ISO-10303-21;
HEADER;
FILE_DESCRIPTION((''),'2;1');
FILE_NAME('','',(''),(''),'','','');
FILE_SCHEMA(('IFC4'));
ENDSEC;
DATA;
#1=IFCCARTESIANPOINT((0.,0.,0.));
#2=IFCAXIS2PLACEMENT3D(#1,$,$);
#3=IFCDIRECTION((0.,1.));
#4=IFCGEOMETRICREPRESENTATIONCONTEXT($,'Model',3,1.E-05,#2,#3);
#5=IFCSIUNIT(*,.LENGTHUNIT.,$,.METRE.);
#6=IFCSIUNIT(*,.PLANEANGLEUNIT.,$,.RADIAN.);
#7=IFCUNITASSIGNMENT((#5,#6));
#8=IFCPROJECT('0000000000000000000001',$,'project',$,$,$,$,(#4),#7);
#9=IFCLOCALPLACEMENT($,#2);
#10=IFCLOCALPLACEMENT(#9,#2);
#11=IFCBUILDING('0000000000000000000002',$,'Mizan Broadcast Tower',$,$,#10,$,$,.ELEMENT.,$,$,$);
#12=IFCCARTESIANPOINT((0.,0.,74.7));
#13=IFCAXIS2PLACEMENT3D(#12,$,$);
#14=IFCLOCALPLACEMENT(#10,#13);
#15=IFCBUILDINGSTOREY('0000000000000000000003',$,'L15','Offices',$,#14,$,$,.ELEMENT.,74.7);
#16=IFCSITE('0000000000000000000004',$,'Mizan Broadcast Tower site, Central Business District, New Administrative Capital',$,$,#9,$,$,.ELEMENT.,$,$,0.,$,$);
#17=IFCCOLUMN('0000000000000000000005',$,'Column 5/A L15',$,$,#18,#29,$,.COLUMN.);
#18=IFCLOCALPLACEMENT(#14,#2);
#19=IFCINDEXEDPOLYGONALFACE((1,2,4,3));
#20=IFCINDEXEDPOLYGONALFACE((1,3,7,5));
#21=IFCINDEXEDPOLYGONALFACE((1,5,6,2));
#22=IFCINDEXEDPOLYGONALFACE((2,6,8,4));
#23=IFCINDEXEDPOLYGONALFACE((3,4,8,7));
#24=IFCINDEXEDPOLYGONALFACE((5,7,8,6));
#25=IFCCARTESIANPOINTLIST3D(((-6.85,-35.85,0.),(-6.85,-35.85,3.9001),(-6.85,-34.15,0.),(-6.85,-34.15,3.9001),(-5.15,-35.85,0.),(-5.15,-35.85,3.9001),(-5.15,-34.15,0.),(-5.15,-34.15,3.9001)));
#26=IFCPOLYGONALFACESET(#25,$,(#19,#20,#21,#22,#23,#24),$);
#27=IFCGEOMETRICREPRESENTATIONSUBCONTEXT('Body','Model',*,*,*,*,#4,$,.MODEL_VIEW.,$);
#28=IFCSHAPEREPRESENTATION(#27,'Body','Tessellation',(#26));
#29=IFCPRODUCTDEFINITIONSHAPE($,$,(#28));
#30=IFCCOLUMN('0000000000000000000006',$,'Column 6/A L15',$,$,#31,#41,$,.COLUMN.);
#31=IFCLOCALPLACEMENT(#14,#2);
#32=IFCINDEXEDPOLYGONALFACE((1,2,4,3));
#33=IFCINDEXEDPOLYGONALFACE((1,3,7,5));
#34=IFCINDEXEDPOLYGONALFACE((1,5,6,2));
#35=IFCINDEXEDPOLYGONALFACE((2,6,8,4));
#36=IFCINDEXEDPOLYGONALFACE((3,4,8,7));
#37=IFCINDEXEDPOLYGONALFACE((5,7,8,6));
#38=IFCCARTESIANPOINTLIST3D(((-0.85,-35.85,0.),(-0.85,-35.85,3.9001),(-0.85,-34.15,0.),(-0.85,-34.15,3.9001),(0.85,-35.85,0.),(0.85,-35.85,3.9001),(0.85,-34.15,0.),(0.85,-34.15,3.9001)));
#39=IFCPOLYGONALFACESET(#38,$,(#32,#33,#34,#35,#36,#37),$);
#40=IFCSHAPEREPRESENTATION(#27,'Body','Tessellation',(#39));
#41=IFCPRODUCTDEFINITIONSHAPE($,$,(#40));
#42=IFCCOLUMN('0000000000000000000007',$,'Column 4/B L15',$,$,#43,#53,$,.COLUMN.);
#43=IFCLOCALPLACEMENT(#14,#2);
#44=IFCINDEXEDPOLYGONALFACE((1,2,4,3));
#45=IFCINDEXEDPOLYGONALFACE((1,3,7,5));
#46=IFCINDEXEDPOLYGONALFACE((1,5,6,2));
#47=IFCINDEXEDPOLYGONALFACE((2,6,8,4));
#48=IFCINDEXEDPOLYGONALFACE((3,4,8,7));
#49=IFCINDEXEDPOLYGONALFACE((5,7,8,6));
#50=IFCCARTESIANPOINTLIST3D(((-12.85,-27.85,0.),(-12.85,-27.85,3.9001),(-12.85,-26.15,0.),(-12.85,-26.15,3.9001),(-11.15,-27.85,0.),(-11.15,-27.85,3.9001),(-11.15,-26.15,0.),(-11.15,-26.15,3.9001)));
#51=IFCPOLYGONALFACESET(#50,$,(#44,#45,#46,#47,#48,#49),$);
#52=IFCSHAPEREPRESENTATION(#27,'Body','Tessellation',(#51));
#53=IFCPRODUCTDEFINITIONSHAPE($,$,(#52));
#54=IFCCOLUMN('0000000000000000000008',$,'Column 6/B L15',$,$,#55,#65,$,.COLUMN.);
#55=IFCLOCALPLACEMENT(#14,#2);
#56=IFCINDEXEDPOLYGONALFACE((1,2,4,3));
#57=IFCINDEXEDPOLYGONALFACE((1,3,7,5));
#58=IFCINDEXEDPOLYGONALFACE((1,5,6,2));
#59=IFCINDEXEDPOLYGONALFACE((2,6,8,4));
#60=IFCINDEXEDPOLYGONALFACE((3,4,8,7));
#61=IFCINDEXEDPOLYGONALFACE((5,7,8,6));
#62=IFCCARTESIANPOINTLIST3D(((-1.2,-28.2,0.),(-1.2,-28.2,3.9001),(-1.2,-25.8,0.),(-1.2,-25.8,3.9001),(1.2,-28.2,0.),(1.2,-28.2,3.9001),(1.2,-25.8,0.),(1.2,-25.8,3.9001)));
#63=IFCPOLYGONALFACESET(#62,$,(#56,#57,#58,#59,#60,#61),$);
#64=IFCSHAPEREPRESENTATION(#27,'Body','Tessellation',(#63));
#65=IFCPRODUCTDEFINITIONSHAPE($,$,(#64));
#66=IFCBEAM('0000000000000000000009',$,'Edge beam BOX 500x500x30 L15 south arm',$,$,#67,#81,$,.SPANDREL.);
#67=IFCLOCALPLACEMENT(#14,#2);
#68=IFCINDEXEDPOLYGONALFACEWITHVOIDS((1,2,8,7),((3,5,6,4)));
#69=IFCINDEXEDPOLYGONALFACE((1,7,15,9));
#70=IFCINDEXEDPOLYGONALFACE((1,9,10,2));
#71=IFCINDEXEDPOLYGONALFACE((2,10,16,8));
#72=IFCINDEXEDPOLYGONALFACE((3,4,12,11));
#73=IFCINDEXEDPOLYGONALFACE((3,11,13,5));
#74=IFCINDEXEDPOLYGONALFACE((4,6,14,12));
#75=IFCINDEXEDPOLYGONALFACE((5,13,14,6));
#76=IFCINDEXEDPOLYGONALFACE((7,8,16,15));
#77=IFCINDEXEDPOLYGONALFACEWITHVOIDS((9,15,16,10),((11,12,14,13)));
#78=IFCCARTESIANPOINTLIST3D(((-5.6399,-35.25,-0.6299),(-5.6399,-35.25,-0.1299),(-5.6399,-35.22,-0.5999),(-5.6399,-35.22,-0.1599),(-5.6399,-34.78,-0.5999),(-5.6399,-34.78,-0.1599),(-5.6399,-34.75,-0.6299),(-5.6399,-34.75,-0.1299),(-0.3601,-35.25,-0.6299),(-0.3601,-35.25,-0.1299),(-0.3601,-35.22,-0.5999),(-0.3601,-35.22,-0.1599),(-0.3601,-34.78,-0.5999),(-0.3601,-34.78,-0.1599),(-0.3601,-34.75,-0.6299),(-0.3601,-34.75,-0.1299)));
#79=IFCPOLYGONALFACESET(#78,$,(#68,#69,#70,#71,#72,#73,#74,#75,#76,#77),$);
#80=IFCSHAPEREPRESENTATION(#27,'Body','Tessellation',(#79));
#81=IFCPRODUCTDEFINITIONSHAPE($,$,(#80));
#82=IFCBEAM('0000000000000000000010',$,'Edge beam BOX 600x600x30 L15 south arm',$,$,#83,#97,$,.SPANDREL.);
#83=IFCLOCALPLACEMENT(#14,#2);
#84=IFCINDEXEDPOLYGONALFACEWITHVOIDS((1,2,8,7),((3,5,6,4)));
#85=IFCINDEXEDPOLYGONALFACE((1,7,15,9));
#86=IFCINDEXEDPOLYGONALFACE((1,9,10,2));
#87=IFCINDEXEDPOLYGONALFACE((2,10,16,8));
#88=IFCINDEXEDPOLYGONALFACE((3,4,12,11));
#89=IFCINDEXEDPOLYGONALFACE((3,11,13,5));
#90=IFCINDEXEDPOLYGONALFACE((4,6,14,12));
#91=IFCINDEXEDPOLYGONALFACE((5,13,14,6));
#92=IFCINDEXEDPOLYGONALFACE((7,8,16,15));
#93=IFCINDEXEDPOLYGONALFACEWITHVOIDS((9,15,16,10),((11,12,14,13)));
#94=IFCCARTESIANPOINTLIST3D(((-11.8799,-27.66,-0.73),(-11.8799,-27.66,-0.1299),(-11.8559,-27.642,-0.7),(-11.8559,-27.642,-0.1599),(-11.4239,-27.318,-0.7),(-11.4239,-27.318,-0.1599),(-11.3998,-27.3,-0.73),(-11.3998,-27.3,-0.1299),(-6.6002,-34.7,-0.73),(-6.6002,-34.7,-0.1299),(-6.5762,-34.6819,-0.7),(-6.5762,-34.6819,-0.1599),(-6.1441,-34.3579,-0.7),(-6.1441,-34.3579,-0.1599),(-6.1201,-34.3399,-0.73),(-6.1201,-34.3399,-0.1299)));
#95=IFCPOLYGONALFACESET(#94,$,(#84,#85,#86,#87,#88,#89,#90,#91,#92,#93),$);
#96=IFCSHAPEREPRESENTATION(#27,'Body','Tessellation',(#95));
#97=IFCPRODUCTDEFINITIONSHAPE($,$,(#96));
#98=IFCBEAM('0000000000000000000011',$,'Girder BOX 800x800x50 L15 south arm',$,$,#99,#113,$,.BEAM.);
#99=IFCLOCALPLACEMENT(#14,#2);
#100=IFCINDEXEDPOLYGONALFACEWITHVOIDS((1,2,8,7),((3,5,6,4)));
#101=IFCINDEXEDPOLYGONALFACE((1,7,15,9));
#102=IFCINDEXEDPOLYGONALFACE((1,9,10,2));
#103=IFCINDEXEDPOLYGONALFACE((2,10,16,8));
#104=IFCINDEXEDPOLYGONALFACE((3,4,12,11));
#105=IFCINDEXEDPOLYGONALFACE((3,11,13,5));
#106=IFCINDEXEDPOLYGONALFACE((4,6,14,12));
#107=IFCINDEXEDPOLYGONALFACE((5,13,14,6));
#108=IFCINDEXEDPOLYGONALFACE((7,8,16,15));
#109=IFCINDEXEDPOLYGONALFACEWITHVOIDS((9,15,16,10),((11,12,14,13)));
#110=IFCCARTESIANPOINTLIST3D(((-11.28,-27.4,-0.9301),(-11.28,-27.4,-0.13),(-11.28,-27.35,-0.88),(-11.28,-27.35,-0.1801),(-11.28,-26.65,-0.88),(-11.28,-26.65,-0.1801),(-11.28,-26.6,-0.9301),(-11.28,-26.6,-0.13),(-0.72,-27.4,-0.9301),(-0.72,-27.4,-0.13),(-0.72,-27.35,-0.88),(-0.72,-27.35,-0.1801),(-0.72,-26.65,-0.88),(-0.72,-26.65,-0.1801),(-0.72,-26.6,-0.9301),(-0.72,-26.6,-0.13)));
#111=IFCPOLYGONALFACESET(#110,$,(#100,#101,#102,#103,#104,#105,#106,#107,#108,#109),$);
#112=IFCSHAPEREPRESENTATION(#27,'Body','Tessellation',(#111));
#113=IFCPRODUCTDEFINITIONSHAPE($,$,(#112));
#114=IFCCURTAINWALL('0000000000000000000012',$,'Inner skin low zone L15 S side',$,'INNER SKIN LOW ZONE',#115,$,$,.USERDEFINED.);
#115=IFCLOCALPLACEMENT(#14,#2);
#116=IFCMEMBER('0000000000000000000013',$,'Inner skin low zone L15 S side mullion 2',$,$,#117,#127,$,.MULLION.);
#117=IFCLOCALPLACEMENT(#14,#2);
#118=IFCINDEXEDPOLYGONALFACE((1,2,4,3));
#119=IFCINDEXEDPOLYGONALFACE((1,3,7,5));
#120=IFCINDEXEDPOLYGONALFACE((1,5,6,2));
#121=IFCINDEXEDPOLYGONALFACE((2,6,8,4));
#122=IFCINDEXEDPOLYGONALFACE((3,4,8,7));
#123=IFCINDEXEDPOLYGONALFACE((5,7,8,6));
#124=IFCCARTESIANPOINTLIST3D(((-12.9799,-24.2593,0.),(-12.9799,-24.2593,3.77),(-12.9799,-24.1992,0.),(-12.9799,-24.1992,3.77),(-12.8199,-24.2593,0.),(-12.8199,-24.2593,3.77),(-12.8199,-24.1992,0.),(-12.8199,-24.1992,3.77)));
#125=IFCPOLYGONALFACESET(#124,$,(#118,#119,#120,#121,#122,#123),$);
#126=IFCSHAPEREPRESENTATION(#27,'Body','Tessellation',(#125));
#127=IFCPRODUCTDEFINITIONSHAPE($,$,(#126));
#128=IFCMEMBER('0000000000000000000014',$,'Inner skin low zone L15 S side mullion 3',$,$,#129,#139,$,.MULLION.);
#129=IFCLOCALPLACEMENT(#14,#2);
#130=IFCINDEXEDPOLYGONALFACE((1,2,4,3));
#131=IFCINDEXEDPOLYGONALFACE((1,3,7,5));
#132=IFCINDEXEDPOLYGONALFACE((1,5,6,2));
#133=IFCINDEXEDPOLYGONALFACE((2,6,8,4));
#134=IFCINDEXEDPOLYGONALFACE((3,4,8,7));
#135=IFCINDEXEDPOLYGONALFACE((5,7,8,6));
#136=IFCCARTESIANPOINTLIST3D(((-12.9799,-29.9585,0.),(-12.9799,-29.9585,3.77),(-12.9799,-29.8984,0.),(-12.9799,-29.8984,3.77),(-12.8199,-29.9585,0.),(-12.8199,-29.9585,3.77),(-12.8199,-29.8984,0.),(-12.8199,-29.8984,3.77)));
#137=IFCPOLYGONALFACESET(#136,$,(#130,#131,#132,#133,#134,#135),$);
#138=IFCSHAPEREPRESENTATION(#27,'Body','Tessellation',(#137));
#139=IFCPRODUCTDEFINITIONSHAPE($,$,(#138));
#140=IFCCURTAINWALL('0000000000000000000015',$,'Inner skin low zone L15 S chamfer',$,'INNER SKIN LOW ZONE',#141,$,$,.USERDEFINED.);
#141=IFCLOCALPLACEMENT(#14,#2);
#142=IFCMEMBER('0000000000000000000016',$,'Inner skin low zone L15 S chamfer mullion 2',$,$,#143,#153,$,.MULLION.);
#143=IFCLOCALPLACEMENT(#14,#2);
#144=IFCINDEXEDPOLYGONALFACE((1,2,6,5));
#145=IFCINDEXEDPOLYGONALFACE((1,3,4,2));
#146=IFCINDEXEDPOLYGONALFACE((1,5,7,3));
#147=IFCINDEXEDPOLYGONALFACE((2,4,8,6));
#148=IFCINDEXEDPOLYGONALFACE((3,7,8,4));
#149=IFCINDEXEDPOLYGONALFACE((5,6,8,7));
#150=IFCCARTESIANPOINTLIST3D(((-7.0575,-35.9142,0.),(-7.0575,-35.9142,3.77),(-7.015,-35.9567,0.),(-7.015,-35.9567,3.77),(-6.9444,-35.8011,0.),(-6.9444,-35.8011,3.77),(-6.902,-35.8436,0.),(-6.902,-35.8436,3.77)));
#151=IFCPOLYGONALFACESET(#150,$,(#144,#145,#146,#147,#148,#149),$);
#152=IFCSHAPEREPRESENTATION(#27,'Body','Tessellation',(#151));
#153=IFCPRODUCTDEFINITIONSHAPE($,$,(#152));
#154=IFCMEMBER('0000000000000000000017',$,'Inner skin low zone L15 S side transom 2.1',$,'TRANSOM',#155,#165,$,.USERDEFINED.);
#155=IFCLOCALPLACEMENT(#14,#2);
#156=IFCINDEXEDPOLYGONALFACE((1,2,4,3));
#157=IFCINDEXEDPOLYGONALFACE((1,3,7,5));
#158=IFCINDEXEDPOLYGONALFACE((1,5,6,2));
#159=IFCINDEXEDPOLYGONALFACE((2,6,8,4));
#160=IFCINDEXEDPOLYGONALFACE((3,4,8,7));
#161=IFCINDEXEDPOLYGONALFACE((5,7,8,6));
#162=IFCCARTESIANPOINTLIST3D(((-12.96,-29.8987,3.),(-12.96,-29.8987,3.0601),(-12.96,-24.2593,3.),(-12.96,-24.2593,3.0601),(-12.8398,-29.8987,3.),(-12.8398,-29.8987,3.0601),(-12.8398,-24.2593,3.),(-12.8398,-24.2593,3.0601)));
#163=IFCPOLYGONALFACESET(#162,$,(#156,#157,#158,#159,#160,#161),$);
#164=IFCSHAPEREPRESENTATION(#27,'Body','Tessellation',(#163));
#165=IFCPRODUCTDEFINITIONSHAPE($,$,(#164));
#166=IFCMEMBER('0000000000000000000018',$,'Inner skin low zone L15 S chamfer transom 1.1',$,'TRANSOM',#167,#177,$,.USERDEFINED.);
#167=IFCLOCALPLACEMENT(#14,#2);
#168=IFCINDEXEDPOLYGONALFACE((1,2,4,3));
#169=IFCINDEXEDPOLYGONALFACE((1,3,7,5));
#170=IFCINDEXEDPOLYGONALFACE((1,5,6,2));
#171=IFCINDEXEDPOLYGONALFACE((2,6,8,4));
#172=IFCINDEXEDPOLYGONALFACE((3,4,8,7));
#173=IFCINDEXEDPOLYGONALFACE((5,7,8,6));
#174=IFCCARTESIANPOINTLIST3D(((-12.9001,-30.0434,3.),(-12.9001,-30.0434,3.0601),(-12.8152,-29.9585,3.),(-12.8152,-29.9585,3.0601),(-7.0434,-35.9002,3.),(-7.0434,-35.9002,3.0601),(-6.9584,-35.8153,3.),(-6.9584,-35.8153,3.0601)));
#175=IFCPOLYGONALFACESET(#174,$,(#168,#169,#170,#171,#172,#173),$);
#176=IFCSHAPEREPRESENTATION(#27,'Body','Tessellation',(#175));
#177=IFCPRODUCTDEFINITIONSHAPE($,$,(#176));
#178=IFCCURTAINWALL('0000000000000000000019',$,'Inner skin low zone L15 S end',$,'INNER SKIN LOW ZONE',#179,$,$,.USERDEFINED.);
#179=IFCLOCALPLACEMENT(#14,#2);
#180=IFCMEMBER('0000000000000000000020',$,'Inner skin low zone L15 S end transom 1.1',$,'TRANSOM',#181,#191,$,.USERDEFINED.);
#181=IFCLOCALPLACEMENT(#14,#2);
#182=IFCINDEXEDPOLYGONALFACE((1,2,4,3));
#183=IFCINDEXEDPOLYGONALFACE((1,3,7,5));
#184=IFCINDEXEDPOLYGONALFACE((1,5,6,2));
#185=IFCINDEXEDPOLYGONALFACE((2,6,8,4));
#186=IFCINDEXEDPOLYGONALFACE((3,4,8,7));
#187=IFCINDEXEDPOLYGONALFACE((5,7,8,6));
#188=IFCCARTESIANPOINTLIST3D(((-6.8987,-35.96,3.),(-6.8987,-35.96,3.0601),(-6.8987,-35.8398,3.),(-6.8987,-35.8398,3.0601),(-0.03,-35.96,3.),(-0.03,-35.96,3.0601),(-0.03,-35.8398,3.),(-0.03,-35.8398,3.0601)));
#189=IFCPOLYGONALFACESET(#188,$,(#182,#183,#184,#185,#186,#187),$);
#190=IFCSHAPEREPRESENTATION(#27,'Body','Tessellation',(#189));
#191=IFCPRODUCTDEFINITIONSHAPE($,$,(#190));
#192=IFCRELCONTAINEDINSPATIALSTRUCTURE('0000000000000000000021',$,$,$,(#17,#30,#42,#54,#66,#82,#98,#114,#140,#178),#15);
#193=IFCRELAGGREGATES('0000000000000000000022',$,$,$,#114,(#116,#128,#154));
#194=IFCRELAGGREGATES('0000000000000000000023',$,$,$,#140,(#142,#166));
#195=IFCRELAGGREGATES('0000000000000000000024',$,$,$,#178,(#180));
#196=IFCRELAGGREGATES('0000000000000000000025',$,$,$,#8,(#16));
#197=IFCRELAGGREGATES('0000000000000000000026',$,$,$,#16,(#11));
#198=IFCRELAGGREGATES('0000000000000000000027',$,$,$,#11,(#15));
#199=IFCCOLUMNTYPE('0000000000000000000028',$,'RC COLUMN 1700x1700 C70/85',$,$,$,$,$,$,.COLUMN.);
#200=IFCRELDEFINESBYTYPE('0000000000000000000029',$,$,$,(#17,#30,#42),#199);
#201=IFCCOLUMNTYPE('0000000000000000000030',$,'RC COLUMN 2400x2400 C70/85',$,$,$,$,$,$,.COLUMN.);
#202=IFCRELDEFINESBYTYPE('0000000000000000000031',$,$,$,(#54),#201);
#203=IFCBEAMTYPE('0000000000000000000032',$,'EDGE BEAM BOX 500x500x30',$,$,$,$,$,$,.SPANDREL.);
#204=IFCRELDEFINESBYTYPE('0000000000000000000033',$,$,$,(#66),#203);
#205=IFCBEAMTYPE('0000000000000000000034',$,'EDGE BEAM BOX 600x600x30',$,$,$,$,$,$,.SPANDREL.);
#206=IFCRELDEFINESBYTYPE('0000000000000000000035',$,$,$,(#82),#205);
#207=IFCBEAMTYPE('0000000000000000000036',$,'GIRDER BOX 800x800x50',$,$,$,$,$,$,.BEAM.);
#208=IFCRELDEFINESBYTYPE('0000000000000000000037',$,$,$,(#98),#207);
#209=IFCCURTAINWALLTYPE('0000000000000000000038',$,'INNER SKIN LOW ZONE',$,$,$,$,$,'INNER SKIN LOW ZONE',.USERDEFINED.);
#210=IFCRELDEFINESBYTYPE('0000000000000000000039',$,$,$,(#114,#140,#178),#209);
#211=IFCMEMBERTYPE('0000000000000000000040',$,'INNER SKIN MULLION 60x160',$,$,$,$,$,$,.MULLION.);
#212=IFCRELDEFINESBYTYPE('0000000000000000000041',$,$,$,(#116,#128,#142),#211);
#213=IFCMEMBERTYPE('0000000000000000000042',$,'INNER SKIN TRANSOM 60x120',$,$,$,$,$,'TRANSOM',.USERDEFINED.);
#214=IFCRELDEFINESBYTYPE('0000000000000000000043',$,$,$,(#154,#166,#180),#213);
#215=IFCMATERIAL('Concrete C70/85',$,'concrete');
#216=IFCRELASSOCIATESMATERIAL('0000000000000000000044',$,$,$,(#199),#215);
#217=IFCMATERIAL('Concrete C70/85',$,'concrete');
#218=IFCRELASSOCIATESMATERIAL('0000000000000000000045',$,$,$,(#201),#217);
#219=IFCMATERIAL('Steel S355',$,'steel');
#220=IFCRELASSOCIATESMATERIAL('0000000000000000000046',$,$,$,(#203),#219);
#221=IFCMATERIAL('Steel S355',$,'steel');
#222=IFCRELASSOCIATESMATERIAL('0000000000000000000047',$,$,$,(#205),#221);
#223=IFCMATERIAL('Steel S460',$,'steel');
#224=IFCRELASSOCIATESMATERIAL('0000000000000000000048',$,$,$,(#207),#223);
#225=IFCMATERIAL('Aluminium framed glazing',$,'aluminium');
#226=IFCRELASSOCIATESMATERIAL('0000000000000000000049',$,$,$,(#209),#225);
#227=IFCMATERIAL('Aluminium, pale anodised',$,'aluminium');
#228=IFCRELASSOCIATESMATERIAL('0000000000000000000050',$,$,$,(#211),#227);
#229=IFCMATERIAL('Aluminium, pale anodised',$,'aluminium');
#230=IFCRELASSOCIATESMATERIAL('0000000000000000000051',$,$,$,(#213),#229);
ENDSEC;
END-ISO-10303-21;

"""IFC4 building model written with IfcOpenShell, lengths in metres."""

from ifc_helpers import new_model, si_unit, direction, frame, origin, origin_2d, place, context, subcontext, project, spatial, rectangle, hollow_rectangle, extrude, material, material_profile, profile_set, type_object, element, aggregate, save


model = new_model("IFC4")

# Units and contexts
model_context = context("Model", 3, precision=1e-05, world=origin(), true_north=direction((0.0, 1.0)))
body_context = subcontext(model_context, "Body", "Model", "MODEL_VIEW")
ifc_project = project(units=[si_unit("LENGTHUNIT", "METRE"), si_unit("PLANEANGLEUNIT", "RADIAN")], contexts=[model_context])

# Site, building, storey
site_placement = place(None, origin())
site = spatial("IfcSite", under=ifc_project, at=site_placement, Name="Mizan Broadcast Tower site, Central Business District, New Administrative Capital", CompositionType="ELEMENT", RefElevation=0.0)
building_placement = place(site_placement, origin())
building = spatial("IfcBuilding", under=site, at=building_placement, Name="Mizan Broadcast Tower", CompositionType="ELEMENT")
storey_placement = place(building_placement, frame((0.0, 0.0, 74.7)))
storey = spatial("IfcBuildingStorey", under=building, at=storey_placement, Name="L15", Description="Offices", CompositionType="ELEMENT", Elevation=74.7)

# Columns
ifc_material_1 = material(Name="Concrete C70/85", Category="concrete")
ifc_material_profile_1 = material_profile(ifc_material_1, rectangle(XDim=1.7, YDim=1.7, at=origin_2d()), Name="RC 1700x1700")
ifc_profile_set_1 = profile_set([ifc_material_profile_1], Name="Concrete C70/85")
column_type_1 = type_object("IfcColumnType", Name="RC COLUMN 1700x1700 C70/85", PredefinedType="COLUMN", material=ifc_profile_set_1)
for number, where, z_axis, x_axis, name in (
    (1, (-6.0, -35.0, 0.0), (0.0, 0.0, 1.0), (1.0, 0.0, 0.0), "Column 5/A L15"),
    (2, (0.0, -35.0, 0.0), (0.0, 0.0, 1.0), (1.0, 0.0, 0.0), "Column 6/A L15"),
    (3, (-12.0, -27.0, 0.0), (0.0, 0.0, 1.0), (1.0, 0.0, 0.0), "Column 4/B L15"),
):
    element("IfcColumn", number, at=place(storey_placement, frame(where, z_axis=z_axis, x_axis=x_axis)), inside=storey, type_object=column_type_1, Name=name, PredefinedType="COLUMN", context=body_context, shape_type="SweptSolid", body=[
        extrude(rectangle(XDim=1.7, YDim=1.7, at=origin_2d()), origin(), (0.0, 0.0, 1.0), 3.9001),
    ])
ifc_material_2 = material(Name="Concrete C70/85", Category="concrete")
ifc_material_profile_2 = material_profile(ifc_material_2, rectangle(XDim=2.3999, YDim=2.3999, at=origin_2d()), Name="RC 2400x2400")
ifc_profile_set_2 = profile_set([ifc_material_profile_2], Name="Concrete C70/85")
column_type_2 = type_object("IfcColumnType", Name="RC COLUMN 2400x2400 C70/85", PredefinedType="COLUMN", material=ifc_profile_set_2)
column_placement = place(storey_placement, frame((0.0, -27.0, 0.0), z_axis=(0.0, 0.0, 1.0), x_axis=(1.0, 0.0, 0.0)))
element("IfcColumn", 4, at=column_placement, inside=storey, type_object=column_type_2, Name="Column 6/B L15", PredefinedType="COLUMN", context=body_context, shape_type="SweptSolid", body=[
    extrude(rectangle(XDim=2.3999, YDim=2.3999, at=origin_2d()), origin(), (0.0, 0.0, 1.0), 3.9001),
])

# Beams
ifc_material_3 = material(Name="Steel S355", Category="steel")
ifc_material_profile_3 = material_profile(ifc_material_3, hollow_rectangle(XDim=0.5, YDim=0.5, WallThickness=0.03, at=origin_2d()), Name="BOX 500x500x30")
ifc_profile_set_3 = profile_set([ifc_material_profile_3], Name="Steel S355")
beam_type_1 = type_object("IfcBeamType", Name="EDGE BEAM BOX 500x500x30", PredefinedType="SPANDREL", material=ifc_profile_set_3)
beam_1_placement = place(storey_placement, frame((-5.6399, -35.0, -0.3799), z_axis=(1.0, 0.0, 0.0), x_axis=(0.0, 1.0, 0.0)))
element("IfcBeam", 5, at=beam_1_placement, inside=storey, type_object=beam_type_1, Name="Edge beam BOX 500x500x30 L15 south arm", PredefinedType="SPANDREL", context=body_context, shape_type="SweptSolid", body=[
    extrude(hollow_rectangle(XDim=0.5, YDim=0.5, WallThickness=0.03, at=origin_2d()), origin(), (0.0, 0.0, 1.0), 5.2798),
])
ifc_material_4 = material(Name="Steel S355", Category="steel")
ifc_material_profile_4 = material_profile(ifc_material_4, hollow_rectangle(XDim=0.6001, YDim=0.6001, WallThickness=0.03, at=origin_2d()), Name="BOX 600x600x30")
ifc_profile_set_4 = profile_set([ifc_material_profile_4], Name="Steel S355")
beam_type_2 = type_object("IfcBeamType", Name="EDGE BEAM BOX 600x600x30", PredefinedType="SPANDREL", material=ifc_profile_set_4)
beam_2_placement = place(storey_placement, frame((-11.6399, -27.48, -0.4299), z_axis=(0.599982, -0.800013, 0.0), x_axis=(0.800013, 0.599982, 0.0)))
element("IfcBeam", 6, at=beam_2_placement, inside=storey, type_object=beam_type_2, Name="Edge beam BOX 600x600x30 L15 south arm", PredefinedType="SPANDREL", context=body_context, shape_type="SweptSolid", body=[
    extrude(hollow_rectangle(XDim=0.6001, YDim=0.6001, WallThickness=0.03, at=origin_2d()), origin(), (0.0, 0.0, 1.0), 8.7998),
])
ifc_material_5 = material(Name="Steel S460", Category="steel")
ifc_material_profile_5 = material_profile(ifc_material_5, hollow_rectangle(XDim=0.8, YDim=0.8, WallThickness=0.05, at=origin_2d()), Name="BOX 800x800x50")
ifc_profile_set_5 = profile_set([ifc_material_profile_5], Name="Steel S460")
beam_type_3 = type_object("IfcBeamType", Name="GIRDER BOX 800x800x50", PredefinedType="BEAM", material=ifc_profile_set_5)
beam_3_placement = place(storey_placement, frame((-11.28, -27.0, -0.53), z_axis=(1.0, 0.0, 0.0), x_axis=(0.0, 1.0, 0.0)))
element("IfcBeam", 7, at=beam_3_placement, inside=storey, type_object=beam_type_3, Name="Girder BOX 800x800x50 L15 south arm", PredefinedType="BEAM", context=body_context, shape_type="SweptSolid", body=[
    extrude(hollow_rectangle(XDim=0.8, YDim=0.8, WallThickness=0.05, at=origin_2d()), origin(), (0.0, 0.0, 1.0), 10.5601),
])

# Curtain wall, members
ifc_material_6 = material(Name="Aluminium framed glazing", Category="aluminium")
curtain_wall_type_1 = type_object("IfcCurtainWallType", Name="INNER SKIN LOW ZONE", ElementType="INNER SKIN LOW ZONE", PredefinedType="USERDEFINED", material=ifc_material_6)
curtain_wall_1_placement = place(storey_placement, origin())
curtain_wall_1 = element("IfcCurtainWall", 8, at=curtain_wall_1_placement, inside=storey, type_object=curtain_wall_type_1, Name="Inner skin low zone L15 S side", ObjectType="INNER SKIN LOW ZONE", PredefinedType="USERDEFINED")
ifc_material_7 = material(Name="Aluminium, pale anodised", Category="aluminium")
ifc_material_profile_6 = material_profile(ifc_material_7, rectangle(XDim=0.1599, YDim=0.0601, at=origin_2d()), Name="MULLION 160x60")
ifc_profile_set_6 = profile_set([ifc_material_profile_6], Name="Aluminium, pale anodised")
member_type_1 = type_object("IfcMemberType", Name="INNER SKIN MULLION 60x160", PredefinedType="MULLION", material=ifc_profile_set_6)
member_1_placement = place(storey_placement, frame((-12.8999, -24.2292, 0.0), z_axis=(0.0, 0.0, 1.0), x_axis=(1.0, 0.0, 0.0)))
member_1 = element("IfcMember", 9, at=member_1_placement, type_object=member_type_1, Name="Inner skin low zone L15 S side mullion 2", PredefinedType="MULLION", context=body_context, shape_type="SweptSolid", body=[
    extrude(rectangle(XDim=0.1599, YDim=0.0601, at=origin_2d()), origin(), (0.0, 0.0, 1.0), 3.77),
])
member_2_placement = place(storey_placement, frame((-12.8999, -29.9285, 0.0), z_axis=(0.0, 0.0, 1.0), x_axis=(1.0, 0.0, 0.0)))
member_2 = element("IfcMember", 10, at=member_2_placement, type_object=member_type_1, Name="Inner skin low zone L15 S side mullion 3", PredefinedType="MULLION", context=body_context, shape_type="SweptSolid", body=[
    extrude(rectangle(XDim=0.1599, YDim=0.0601, at=origin_2d()), origin(), (0.0, 0.0, 1.0), 3.77),
])

# Curtain wall, member
curtain_wall_2_placement = place(storey_placement, origin())
curtain_wall_2 = element("IfcCurtainWall", 11, at=curtain_wall_2_placement, inside=storey, type_object=curtain_wall_type_1, Name="Inner skin low zone L15 S chamfer", ObjectType="INNER SKIN LOW ZONE", PredefinedType="USERDEFINED")
member_3_placement = place(storey_placement, frame((-6.9797, -35.8789, 0.0), z_axis=(0.0, 0.0, 1.0), x_axis=(0.707107, 0.707107, 0.0)))
member_3 = element("IfcMember", 12, at=member_3_placement, type_object=member_type_1, Name="Inner skin low zone L15 S chamfer mullion 2", PredefinedType="MULLION", context=body_context, shape_type="SweptSolid", body=[
    extrude(rectangle(XDim=0.1599, YDim=0.0601, at=origin_2d()), origin(), (0.0, 0.0, 1.0), 3.77),
])

# Members
ifc_material_8 = material(Name="Aluminium, pale anodised", Category="aluminium")
ifc_material_profile_7 = material_profile(ifc_material_8, rectangle(XDim=0.1201, YDim=0.0601, at=origin_2d()), Name="TRANSOM 120x60")
ifc_profile_set_7 = profile_set([ifc_material_profile_7], Name="Aluminium, pale anodised")
member_type_2 = type_object("IfcMemberType", Name="INNER SKIN TRANSOM 60x120", ElementType="TRANSOM", PredefinedType="USERDEFINED", material=ifc_profile_set_7)
member_4_placement = place(storey_placement, frame((-12.8999, -24.2593, 3.03), z_axis=(0.0, -1.0, 0.0), x_axis=(1.0, 0.0, 0.0)))
member_4 = element("IfcMember", 13, at=member_4_placement, type_object=member_type_2, Name="Inner skin low zone L15 S side transom 2.1", ObjectType="TRANSOM", PredefinedType="USERDEFINED", context=body_context, shape_type="SweptSolid", body=[
    extrude(rectangle(XDim=0.1201, YDim=0.0601, at=origin_2d()), origin(), (0.0, 0.0, 1.0), 5.6394),
])
member_5_placement = place(storey_placement, frame((-12.8577, -30.001, 3.03), z_axis=(0.707107, -0.707107, 0.0), x_axis=(0.707107, 0.707107, 0.0)))
member_5 = element("IfcMember", 14, at=member_5_placement, type_object=member_type_2, Name="Inner skin low zone L15 S chamfer transom 1.1", ObjectType="TRANSOM", PredefinedType="USERDEFINED", context=body_context, shape_type="SweptSolid", body=[
    extrude(rectangle(XDim=0.1201, YDim=0.0601, at=origin_2d()), origin(), (0.0, 0.0, 1.0), 8.2827),
])

# Curtain wall, member
curtain_wall_3_placement = place(storey_placement, origin())
curtain_wall_3 = element("IfcCurtainWall", 15, at=curtain_wall_3_placement, inside=storey, type_object=curtain_wall_type_1, Name="Inner skin low zone L15 S end", ObjectType="INNER SKIN LOW ZONE", PredefinedType="USERDEFINED")
member_6_placement = place(storey_placement, frame((-6.8987, -35.8999, 3.03), z_axis=(1.0, 0.0, 0.0), x_axis=(0.0, 1.0, 0.0)))
member_6 = element("IfcMember", 16, at=member_6_placement, type_object=member_type_2, Name="Inner skin low zone L15 S end transom 1.1", ObjectType="TRANSOM", PredefinedType="USERDEFINED", context=body_context, shape_type="SweptSolid", body=[
    extrude(rectangle(XDim=0.1201, YDim=0.0601, at=origin_2d()), origin(), (0.0, 0.0, 1.0), 6.8687),
])

aggregate(curtain_wall_1, [member_1, member_2, member_4])
aggregate(curtain_wall_2, [member_3, member_5])
aggregate(curtain_wall_3, [member_6])

save(model, "model.ifc")
